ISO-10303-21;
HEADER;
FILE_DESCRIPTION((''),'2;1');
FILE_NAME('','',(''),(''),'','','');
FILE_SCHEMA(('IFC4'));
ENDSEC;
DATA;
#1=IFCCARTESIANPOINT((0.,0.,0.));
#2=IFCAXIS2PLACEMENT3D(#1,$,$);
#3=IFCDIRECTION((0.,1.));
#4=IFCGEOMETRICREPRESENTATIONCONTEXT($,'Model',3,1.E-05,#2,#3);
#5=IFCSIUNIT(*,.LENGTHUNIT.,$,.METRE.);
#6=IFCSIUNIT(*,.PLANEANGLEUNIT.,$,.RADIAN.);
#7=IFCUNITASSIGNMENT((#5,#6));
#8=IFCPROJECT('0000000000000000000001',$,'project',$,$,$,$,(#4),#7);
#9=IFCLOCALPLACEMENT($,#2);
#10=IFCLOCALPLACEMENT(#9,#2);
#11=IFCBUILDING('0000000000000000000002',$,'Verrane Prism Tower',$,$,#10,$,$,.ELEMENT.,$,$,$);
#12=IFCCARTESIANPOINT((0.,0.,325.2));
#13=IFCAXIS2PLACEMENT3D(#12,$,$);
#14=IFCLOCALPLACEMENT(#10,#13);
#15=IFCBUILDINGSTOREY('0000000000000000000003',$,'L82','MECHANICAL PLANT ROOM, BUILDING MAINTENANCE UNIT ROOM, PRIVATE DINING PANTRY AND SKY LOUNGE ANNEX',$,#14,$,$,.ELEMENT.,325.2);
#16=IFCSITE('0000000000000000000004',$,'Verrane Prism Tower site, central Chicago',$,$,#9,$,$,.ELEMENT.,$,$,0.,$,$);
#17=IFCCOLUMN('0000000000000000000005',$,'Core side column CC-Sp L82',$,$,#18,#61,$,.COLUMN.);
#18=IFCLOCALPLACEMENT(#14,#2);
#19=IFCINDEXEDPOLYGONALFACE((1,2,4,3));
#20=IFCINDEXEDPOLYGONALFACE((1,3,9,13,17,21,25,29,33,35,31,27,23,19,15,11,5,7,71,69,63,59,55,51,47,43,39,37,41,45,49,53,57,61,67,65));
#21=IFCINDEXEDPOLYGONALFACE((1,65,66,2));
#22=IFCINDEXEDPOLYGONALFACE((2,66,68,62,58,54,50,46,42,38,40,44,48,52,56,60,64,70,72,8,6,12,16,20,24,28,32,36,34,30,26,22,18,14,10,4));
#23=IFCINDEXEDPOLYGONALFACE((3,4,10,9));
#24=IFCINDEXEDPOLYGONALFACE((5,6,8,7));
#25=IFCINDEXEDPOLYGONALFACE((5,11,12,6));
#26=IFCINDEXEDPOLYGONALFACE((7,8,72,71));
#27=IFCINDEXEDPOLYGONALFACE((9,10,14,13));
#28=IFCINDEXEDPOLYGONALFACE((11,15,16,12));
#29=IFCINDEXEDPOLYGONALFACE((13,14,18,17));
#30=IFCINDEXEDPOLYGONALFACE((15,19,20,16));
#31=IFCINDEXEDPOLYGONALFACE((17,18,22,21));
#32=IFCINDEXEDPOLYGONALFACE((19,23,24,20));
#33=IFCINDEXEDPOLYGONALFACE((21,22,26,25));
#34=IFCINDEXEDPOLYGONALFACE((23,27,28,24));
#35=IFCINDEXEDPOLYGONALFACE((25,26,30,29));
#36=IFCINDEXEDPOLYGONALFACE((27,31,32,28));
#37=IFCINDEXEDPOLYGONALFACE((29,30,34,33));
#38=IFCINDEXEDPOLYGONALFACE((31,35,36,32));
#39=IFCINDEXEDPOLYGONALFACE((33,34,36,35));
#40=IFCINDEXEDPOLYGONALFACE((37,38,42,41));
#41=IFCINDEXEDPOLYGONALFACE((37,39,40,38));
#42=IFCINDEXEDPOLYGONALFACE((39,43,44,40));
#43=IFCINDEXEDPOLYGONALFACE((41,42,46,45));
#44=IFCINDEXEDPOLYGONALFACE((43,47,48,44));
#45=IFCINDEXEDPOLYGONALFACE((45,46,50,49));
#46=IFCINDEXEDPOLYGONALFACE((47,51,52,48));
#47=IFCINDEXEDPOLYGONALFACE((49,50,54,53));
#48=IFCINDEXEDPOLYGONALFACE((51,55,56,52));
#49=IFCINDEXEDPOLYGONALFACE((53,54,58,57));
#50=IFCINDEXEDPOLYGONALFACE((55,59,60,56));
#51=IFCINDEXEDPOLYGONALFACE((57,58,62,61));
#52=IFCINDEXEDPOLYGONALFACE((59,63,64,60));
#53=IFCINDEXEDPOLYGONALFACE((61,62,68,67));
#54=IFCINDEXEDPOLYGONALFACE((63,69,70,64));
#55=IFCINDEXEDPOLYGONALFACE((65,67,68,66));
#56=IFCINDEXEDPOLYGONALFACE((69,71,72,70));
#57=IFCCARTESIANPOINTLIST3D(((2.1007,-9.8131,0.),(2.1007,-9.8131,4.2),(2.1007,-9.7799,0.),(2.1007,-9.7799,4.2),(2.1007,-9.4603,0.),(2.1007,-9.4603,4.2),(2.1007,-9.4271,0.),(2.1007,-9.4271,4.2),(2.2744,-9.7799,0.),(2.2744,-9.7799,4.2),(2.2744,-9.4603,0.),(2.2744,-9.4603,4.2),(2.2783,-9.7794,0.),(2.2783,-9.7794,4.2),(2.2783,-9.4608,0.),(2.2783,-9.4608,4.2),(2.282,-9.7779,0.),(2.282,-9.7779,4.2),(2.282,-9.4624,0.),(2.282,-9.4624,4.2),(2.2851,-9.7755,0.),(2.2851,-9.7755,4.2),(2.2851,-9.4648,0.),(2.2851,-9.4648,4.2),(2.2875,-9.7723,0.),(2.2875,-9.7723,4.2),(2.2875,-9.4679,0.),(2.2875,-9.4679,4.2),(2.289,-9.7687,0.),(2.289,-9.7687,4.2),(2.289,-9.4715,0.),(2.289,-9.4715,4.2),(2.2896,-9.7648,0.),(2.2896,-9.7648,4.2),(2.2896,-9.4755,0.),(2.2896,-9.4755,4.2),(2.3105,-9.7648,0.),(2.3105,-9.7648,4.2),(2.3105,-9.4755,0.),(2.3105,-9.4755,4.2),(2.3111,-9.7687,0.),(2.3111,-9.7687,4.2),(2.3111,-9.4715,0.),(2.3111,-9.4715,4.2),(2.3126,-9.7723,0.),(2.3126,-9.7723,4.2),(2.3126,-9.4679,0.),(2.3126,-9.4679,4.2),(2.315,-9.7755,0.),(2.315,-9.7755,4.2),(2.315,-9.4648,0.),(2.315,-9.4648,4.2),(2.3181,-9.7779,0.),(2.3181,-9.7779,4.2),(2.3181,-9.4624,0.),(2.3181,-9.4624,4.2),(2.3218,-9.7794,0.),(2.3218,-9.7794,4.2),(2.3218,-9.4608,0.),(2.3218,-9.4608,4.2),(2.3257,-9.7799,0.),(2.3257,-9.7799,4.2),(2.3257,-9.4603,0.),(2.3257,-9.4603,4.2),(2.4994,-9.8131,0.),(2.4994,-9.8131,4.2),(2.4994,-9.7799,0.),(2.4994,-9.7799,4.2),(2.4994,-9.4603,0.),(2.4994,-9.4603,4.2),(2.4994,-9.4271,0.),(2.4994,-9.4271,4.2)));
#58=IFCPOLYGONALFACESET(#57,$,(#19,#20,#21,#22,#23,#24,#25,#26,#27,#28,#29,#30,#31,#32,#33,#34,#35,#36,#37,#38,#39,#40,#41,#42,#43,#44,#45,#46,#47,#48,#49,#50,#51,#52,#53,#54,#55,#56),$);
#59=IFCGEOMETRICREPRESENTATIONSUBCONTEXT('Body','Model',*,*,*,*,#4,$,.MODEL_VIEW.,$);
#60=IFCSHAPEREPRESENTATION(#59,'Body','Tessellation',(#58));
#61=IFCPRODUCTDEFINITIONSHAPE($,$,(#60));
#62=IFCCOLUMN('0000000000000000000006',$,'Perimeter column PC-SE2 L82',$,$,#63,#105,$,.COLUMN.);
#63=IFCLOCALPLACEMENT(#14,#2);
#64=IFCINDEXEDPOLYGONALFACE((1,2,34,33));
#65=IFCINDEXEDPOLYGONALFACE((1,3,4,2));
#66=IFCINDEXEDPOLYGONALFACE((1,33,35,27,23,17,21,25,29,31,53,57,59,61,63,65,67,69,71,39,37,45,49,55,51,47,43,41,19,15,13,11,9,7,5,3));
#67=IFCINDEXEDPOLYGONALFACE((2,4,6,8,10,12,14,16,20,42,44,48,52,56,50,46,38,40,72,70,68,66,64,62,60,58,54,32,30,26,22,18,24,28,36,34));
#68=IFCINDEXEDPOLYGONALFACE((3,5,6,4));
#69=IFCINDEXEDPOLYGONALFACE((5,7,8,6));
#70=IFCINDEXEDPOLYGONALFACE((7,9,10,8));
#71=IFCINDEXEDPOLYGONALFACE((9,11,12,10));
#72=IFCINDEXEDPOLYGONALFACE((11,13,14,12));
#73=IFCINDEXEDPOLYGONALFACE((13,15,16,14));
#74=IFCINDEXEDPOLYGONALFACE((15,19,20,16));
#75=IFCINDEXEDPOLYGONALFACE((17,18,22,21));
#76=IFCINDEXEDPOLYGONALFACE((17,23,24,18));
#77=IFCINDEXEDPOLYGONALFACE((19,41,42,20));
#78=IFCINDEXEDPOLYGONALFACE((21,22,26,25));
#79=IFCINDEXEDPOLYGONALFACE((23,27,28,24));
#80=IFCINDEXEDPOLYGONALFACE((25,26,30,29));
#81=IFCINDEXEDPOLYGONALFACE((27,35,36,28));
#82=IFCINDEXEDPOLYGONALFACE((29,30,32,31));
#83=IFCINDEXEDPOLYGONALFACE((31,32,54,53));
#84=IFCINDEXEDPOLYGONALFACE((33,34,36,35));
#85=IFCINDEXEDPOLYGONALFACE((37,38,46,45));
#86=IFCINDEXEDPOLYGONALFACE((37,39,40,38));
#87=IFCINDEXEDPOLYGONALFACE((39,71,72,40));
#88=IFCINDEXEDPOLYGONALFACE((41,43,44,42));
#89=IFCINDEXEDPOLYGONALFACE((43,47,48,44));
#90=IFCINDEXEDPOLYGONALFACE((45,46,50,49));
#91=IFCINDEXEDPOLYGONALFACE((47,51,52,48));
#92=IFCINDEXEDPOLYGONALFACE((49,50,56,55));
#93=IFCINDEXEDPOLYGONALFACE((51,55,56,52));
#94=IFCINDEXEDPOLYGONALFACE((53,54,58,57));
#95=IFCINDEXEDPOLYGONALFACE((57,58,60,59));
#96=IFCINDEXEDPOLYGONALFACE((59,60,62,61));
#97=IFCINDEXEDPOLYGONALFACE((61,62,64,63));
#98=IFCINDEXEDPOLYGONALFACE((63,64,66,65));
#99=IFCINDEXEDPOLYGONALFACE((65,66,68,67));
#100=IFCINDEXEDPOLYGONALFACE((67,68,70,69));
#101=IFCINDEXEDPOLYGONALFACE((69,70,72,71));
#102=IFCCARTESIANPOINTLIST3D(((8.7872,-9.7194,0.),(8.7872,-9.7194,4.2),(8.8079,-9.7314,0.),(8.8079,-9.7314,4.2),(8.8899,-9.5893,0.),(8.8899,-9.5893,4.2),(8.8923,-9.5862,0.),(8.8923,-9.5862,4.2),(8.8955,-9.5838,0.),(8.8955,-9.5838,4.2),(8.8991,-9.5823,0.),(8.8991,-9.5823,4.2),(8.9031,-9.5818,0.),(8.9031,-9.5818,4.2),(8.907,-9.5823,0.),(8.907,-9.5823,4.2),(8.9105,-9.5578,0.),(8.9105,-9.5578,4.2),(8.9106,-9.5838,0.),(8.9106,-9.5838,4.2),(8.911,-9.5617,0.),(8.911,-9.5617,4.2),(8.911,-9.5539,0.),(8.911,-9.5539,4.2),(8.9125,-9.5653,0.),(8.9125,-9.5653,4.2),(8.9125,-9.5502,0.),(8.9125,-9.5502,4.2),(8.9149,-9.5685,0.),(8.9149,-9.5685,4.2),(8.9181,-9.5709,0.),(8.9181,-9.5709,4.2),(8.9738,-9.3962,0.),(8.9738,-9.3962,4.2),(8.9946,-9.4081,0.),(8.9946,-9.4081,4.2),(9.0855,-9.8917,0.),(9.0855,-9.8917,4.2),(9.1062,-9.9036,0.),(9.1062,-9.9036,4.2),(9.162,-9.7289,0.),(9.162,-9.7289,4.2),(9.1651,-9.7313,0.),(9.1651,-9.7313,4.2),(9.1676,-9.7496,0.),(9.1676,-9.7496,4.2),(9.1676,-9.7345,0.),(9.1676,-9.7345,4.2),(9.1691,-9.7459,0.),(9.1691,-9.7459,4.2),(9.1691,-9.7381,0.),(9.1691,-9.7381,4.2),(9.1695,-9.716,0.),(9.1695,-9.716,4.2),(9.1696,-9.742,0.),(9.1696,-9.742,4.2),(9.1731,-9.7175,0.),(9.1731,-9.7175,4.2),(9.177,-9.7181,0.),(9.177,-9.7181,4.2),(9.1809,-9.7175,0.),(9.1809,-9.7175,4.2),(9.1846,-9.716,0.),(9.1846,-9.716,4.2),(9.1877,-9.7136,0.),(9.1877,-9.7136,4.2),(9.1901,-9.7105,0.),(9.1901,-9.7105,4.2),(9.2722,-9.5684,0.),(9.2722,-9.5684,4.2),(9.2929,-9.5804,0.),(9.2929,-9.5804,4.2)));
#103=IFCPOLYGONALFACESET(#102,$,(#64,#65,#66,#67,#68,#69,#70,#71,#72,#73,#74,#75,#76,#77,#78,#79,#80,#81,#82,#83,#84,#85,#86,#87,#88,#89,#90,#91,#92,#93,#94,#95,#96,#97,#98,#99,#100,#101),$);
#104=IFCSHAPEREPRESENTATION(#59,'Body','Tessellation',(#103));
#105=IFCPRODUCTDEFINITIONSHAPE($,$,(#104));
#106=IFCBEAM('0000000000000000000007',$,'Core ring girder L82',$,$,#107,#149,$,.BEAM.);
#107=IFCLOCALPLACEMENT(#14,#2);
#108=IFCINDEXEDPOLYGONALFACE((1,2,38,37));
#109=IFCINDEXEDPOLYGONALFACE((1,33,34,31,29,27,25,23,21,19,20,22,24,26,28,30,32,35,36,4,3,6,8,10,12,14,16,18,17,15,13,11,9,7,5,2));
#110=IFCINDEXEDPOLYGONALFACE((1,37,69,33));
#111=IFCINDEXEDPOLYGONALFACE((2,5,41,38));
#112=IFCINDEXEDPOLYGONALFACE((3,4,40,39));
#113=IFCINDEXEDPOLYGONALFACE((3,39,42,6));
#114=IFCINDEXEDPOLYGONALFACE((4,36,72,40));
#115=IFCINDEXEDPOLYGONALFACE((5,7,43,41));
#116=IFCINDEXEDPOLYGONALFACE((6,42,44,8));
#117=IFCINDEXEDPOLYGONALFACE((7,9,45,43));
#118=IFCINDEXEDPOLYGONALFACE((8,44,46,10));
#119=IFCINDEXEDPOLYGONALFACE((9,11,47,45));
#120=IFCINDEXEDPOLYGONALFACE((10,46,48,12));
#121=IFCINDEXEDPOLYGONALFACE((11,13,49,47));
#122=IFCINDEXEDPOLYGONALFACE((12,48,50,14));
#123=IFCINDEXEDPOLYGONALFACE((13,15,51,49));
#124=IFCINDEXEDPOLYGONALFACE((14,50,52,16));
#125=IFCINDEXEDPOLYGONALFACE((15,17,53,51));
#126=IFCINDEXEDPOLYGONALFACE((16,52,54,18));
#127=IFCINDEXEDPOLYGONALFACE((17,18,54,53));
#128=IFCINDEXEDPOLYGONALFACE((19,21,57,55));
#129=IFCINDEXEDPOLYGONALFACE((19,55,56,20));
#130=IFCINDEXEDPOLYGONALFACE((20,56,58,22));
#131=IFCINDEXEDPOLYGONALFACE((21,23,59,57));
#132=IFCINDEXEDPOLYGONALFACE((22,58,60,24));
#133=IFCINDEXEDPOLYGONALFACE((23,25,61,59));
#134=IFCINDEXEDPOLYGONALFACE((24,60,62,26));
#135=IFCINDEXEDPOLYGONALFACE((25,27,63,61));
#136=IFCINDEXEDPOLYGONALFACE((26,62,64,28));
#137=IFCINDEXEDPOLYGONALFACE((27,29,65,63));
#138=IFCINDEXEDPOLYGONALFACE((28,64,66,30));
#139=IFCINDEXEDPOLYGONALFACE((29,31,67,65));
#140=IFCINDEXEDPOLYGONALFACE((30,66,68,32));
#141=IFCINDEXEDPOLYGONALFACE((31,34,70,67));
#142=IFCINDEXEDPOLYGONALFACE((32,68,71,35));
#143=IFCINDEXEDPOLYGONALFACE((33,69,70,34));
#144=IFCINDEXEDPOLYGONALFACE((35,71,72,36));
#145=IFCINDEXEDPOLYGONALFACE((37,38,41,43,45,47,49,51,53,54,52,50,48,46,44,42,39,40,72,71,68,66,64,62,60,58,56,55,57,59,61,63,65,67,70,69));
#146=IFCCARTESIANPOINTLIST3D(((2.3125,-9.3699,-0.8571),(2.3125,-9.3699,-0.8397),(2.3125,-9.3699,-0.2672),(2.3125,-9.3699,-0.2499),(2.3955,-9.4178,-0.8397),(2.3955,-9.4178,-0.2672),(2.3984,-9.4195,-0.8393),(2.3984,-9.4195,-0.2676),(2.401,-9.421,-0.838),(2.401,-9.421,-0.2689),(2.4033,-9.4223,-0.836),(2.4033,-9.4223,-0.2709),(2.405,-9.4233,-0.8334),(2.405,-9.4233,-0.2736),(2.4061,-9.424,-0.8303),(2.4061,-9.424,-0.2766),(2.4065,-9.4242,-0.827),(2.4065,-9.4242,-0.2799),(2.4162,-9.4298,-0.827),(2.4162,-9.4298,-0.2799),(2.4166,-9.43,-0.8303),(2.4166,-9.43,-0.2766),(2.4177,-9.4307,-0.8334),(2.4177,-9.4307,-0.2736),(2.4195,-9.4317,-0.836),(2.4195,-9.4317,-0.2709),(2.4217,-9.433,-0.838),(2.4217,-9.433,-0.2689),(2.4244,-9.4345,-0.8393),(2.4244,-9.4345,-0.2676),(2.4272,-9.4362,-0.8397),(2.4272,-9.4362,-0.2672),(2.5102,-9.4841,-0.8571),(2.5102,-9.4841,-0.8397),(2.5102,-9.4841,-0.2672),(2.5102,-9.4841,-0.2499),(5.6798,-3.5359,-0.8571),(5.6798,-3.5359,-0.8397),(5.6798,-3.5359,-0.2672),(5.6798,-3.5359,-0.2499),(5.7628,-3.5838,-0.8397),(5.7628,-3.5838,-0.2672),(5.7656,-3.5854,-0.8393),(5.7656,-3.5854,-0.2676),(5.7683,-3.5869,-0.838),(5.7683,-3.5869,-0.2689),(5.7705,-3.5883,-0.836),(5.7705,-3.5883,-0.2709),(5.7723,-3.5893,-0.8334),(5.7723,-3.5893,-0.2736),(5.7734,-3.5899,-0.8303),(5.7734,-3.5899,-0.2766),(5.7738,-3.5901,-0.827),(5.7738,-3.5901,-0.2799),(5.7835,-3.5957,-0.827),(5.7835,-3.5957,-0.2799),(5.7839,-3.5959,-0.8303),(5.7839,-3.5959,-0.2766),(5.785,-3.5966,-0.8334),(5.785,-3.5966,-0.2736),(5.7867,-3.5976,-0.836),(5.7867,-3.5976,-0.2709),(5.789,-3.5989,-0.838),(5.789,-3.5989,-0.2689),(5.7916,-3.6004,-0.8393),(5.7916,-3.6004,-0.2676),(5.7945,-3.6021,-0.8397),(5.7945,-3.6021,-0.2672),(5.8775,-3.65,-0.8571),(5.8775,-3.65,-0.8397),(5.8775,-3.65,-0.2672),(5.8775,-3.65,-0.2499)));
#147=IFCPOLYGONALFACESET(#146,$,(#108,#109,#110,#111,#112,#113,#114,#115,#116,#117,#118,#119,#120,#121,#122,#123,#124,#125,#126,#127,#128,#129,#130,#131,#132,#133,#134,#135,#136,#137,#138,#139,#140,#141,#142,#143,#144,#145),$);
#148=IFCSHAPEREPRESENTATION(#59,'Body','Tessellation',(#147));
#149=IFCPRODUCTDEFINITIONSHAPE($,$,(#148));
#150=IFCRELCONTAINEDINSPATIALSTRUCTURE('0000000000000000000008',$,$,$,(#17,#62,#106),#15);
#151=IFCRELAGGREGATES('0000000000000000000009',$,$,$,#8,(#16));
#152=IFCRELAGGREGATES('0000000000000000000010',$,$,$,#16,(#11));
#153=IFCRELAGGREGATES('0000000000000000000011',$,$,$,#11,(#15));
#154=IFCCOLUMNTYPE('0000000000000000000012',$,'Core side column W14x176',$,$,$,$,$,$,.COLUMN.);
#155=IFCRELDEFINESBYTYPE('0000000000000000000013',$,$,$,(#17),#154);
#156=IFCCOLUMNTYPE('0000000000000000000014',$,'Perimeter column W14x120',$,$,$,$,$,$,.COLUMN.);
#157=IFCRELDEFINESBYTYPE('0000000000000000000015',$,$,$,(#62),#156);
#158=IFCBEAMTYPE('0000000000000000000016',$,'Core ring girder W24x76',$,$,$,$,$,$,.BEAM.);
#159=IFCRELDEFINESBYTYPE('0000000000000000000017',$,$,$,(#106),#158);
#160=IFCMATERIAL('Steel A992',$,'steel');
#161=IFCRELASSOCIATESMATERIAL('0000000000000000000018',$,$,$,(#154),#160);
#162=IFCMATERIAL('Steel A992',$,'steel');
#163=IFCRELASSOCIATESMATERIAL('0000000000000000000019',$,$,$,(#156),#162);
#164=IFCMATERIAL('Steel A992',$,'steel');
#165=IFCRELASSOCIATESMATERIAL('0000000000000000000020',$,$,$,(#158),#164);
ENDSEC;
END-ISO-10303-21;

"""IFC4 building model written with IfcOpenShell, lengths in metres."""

from ifc_helpers import new_model, si_unit, direction, frame, origin, origin_2d, place, context, subcontext, project, spatial, i_section, extrude, material, material_profile, profile_set, type_object, element, save


model = new_model("IFC4")

# Units and contexts
model_context = context("Model", 3, precision=1e-05, world=origin(), true_north=direction((0.0, 1.0)))
body_context = subcontext(model_context, "Body", "Model", "MODEL_VIEW")
ifc_project = project(units=[si_unit("LENGTHUNIT", "METRE"), si_unit("PLANEANGLEUNIT", "RADIAN")], contexts=[model_context])

# Site, building, storey
site_placement = place(None, origin())
site = spatial("IfcSite", under=ifc_project, at=site_placement, Name="Verrane Prism Tower site, central Chicago", CompositionType="ELEMENT", RefElevation=0.0)
building_placement = place(site_placement, origin())
building = spatial("IfcBuilding", under=site, at=building_placement, Name="Verrane Prism Tower", CompositionType="ELEMENT")
storey_placement = place(building_placement, frame((0.0, 0.0, 325.2)))
storey = spatial("IfcBuildingStorey", under=building, at=storey_placement, Name="L82", Description="MECHANICAL PLANT ROOM, BUILDING MAINTENANCE UNIT ROOM, PRIVATE DINING PANTRY AND SKY LOUNGE ANNEX", CompositionType="ELEMENT", Elevation=325.2)

# Columns
ifc_material_1 = material(Name="Steel A992", Category="steel")
ifc_material_profile_1 = material_profile(ifc_material_1, i_section(OverallWidth=0.3987, OverallDepth=0.386, WebThickness=0.021, FlangeThickness=0.0332, FilletRadius=0.0151, at=origin_2d()), Name="W14x176")
ifc_profile_set_1 = profile_set([ifc_material_profile_1], Name="Steel A992")
column_type_1 = type_object("IfcColumnType", Name="Core side column W14x176", PredefinedType="COLUMN", material=ifc_profile_set_1)
column_1_placement = place(storey_placement, frame((2.3, -9.6201, 0.0), z_axis=(0.0, 0.0, 1.0), x_axis=(1.0, 0.0, 0.0)))
element("IfcColumn", 1, at=column_1_placement, inside=storey, type_object=column_type_1, Name="Core side column CC-Sp L82", PredefinedType="COLUMN", context=body_context, shape_type="SweptSolid", body=[
    extrude(i_section(OverallWidth=0.3987, OverallDepth=0.386, WebThickness=0.021, FlangeThickness=0.0332, FilletRadius=0.0151, at=origin_2d()), origin(), (0.0, 0.0, 1.0), 4.2),
])
ifc_material_2 = material(Name="Steel A992", Category="steel")
ifc_material_profile_2 = material_profile(ifc_material_2, i_section(OverallWidth=0.3733, OverallDepth=0.3684, WebThickness=0.0149, FlangeThickness=0.0239, FilletRadius=0.0151, at=origin_2d()), Name="W14x120")
ifc_profile_set_2 = profile_set([ifc_material_profile_2], Name="Steel A992")
column_type_2 = type_object("IfcColumnType", Name="Perimeter column W14x120", PredefinedType="COLUMN", material=ifc_profile_set_2)
column_2_placement = place(storey_placement, frame((9.04, -9.6499, 0.0), z_axis=(0.0, 0.0, 1.0), x_axis=(-0.5, -0.866025, 0.0)))
element("IfcColumn", 2, at=column_2_placement, inside=storey, type_object=column_type_2, Name="Perimeter column PC-SE2 L82", PredefinedType="COLUMN", context=body_context, shape_type="SweptSolid", body=[
    extrude(i_section(OverallWidth=0.3733, OverallDepth=0.3684, WebThickness=0.0149, FlangeThickness=0.0239, FilletRadius=0.0151, at=origin_2d()), origin(), (0.0, 0.0, 1.0), 4.2),
])

# Beam
ifc_material_3 = material(Name="Steel A992", Category="steel")
ifc_material_profile_3 = material_profile(ifc_material_3, i_section(OverallWidth=0.2283, OverallDepth=0.6072, WebThickness=0.0112, FlangeThickness=0.0173, FilletRadius=0.0127, at=origin_2d()), Name="W24x76")
ifc_profile_set_3 = profile_set([ifc_material_profile_3], Name="Steel A992")
beam_type_1 = type_object("IfcBeamType", Name="Core ring girder W24x76", PredefinedType="BEAM", material=ifc_profile_set_3)
beam_1_placement = place(storey_placement, frame((2.4114, -9.427, -0.5535), z_axis=(0.499881, 0.866094, 0.0), x_axis=(-0.866094, 0.499881, 0.0)))
element("IfcBeam", 3, at=beam_1_placement, inside=storey, type_object=beam_type_1, Name="Core ring girder L82", PredefinedType="BEAM", context=body_context, shape_type="SweptSolid", body=[
    extrude(i_section(OverallWidth=0.2283, OverallDepth=0.6072, WebThickness=0.0112, FlangeThickness=0.0173, FilletRadius=0.0127, at=origin_2d()), origin(), (0.0, 0.0, 1.0), 6.7361),
])

save(model, "model.ifc")
